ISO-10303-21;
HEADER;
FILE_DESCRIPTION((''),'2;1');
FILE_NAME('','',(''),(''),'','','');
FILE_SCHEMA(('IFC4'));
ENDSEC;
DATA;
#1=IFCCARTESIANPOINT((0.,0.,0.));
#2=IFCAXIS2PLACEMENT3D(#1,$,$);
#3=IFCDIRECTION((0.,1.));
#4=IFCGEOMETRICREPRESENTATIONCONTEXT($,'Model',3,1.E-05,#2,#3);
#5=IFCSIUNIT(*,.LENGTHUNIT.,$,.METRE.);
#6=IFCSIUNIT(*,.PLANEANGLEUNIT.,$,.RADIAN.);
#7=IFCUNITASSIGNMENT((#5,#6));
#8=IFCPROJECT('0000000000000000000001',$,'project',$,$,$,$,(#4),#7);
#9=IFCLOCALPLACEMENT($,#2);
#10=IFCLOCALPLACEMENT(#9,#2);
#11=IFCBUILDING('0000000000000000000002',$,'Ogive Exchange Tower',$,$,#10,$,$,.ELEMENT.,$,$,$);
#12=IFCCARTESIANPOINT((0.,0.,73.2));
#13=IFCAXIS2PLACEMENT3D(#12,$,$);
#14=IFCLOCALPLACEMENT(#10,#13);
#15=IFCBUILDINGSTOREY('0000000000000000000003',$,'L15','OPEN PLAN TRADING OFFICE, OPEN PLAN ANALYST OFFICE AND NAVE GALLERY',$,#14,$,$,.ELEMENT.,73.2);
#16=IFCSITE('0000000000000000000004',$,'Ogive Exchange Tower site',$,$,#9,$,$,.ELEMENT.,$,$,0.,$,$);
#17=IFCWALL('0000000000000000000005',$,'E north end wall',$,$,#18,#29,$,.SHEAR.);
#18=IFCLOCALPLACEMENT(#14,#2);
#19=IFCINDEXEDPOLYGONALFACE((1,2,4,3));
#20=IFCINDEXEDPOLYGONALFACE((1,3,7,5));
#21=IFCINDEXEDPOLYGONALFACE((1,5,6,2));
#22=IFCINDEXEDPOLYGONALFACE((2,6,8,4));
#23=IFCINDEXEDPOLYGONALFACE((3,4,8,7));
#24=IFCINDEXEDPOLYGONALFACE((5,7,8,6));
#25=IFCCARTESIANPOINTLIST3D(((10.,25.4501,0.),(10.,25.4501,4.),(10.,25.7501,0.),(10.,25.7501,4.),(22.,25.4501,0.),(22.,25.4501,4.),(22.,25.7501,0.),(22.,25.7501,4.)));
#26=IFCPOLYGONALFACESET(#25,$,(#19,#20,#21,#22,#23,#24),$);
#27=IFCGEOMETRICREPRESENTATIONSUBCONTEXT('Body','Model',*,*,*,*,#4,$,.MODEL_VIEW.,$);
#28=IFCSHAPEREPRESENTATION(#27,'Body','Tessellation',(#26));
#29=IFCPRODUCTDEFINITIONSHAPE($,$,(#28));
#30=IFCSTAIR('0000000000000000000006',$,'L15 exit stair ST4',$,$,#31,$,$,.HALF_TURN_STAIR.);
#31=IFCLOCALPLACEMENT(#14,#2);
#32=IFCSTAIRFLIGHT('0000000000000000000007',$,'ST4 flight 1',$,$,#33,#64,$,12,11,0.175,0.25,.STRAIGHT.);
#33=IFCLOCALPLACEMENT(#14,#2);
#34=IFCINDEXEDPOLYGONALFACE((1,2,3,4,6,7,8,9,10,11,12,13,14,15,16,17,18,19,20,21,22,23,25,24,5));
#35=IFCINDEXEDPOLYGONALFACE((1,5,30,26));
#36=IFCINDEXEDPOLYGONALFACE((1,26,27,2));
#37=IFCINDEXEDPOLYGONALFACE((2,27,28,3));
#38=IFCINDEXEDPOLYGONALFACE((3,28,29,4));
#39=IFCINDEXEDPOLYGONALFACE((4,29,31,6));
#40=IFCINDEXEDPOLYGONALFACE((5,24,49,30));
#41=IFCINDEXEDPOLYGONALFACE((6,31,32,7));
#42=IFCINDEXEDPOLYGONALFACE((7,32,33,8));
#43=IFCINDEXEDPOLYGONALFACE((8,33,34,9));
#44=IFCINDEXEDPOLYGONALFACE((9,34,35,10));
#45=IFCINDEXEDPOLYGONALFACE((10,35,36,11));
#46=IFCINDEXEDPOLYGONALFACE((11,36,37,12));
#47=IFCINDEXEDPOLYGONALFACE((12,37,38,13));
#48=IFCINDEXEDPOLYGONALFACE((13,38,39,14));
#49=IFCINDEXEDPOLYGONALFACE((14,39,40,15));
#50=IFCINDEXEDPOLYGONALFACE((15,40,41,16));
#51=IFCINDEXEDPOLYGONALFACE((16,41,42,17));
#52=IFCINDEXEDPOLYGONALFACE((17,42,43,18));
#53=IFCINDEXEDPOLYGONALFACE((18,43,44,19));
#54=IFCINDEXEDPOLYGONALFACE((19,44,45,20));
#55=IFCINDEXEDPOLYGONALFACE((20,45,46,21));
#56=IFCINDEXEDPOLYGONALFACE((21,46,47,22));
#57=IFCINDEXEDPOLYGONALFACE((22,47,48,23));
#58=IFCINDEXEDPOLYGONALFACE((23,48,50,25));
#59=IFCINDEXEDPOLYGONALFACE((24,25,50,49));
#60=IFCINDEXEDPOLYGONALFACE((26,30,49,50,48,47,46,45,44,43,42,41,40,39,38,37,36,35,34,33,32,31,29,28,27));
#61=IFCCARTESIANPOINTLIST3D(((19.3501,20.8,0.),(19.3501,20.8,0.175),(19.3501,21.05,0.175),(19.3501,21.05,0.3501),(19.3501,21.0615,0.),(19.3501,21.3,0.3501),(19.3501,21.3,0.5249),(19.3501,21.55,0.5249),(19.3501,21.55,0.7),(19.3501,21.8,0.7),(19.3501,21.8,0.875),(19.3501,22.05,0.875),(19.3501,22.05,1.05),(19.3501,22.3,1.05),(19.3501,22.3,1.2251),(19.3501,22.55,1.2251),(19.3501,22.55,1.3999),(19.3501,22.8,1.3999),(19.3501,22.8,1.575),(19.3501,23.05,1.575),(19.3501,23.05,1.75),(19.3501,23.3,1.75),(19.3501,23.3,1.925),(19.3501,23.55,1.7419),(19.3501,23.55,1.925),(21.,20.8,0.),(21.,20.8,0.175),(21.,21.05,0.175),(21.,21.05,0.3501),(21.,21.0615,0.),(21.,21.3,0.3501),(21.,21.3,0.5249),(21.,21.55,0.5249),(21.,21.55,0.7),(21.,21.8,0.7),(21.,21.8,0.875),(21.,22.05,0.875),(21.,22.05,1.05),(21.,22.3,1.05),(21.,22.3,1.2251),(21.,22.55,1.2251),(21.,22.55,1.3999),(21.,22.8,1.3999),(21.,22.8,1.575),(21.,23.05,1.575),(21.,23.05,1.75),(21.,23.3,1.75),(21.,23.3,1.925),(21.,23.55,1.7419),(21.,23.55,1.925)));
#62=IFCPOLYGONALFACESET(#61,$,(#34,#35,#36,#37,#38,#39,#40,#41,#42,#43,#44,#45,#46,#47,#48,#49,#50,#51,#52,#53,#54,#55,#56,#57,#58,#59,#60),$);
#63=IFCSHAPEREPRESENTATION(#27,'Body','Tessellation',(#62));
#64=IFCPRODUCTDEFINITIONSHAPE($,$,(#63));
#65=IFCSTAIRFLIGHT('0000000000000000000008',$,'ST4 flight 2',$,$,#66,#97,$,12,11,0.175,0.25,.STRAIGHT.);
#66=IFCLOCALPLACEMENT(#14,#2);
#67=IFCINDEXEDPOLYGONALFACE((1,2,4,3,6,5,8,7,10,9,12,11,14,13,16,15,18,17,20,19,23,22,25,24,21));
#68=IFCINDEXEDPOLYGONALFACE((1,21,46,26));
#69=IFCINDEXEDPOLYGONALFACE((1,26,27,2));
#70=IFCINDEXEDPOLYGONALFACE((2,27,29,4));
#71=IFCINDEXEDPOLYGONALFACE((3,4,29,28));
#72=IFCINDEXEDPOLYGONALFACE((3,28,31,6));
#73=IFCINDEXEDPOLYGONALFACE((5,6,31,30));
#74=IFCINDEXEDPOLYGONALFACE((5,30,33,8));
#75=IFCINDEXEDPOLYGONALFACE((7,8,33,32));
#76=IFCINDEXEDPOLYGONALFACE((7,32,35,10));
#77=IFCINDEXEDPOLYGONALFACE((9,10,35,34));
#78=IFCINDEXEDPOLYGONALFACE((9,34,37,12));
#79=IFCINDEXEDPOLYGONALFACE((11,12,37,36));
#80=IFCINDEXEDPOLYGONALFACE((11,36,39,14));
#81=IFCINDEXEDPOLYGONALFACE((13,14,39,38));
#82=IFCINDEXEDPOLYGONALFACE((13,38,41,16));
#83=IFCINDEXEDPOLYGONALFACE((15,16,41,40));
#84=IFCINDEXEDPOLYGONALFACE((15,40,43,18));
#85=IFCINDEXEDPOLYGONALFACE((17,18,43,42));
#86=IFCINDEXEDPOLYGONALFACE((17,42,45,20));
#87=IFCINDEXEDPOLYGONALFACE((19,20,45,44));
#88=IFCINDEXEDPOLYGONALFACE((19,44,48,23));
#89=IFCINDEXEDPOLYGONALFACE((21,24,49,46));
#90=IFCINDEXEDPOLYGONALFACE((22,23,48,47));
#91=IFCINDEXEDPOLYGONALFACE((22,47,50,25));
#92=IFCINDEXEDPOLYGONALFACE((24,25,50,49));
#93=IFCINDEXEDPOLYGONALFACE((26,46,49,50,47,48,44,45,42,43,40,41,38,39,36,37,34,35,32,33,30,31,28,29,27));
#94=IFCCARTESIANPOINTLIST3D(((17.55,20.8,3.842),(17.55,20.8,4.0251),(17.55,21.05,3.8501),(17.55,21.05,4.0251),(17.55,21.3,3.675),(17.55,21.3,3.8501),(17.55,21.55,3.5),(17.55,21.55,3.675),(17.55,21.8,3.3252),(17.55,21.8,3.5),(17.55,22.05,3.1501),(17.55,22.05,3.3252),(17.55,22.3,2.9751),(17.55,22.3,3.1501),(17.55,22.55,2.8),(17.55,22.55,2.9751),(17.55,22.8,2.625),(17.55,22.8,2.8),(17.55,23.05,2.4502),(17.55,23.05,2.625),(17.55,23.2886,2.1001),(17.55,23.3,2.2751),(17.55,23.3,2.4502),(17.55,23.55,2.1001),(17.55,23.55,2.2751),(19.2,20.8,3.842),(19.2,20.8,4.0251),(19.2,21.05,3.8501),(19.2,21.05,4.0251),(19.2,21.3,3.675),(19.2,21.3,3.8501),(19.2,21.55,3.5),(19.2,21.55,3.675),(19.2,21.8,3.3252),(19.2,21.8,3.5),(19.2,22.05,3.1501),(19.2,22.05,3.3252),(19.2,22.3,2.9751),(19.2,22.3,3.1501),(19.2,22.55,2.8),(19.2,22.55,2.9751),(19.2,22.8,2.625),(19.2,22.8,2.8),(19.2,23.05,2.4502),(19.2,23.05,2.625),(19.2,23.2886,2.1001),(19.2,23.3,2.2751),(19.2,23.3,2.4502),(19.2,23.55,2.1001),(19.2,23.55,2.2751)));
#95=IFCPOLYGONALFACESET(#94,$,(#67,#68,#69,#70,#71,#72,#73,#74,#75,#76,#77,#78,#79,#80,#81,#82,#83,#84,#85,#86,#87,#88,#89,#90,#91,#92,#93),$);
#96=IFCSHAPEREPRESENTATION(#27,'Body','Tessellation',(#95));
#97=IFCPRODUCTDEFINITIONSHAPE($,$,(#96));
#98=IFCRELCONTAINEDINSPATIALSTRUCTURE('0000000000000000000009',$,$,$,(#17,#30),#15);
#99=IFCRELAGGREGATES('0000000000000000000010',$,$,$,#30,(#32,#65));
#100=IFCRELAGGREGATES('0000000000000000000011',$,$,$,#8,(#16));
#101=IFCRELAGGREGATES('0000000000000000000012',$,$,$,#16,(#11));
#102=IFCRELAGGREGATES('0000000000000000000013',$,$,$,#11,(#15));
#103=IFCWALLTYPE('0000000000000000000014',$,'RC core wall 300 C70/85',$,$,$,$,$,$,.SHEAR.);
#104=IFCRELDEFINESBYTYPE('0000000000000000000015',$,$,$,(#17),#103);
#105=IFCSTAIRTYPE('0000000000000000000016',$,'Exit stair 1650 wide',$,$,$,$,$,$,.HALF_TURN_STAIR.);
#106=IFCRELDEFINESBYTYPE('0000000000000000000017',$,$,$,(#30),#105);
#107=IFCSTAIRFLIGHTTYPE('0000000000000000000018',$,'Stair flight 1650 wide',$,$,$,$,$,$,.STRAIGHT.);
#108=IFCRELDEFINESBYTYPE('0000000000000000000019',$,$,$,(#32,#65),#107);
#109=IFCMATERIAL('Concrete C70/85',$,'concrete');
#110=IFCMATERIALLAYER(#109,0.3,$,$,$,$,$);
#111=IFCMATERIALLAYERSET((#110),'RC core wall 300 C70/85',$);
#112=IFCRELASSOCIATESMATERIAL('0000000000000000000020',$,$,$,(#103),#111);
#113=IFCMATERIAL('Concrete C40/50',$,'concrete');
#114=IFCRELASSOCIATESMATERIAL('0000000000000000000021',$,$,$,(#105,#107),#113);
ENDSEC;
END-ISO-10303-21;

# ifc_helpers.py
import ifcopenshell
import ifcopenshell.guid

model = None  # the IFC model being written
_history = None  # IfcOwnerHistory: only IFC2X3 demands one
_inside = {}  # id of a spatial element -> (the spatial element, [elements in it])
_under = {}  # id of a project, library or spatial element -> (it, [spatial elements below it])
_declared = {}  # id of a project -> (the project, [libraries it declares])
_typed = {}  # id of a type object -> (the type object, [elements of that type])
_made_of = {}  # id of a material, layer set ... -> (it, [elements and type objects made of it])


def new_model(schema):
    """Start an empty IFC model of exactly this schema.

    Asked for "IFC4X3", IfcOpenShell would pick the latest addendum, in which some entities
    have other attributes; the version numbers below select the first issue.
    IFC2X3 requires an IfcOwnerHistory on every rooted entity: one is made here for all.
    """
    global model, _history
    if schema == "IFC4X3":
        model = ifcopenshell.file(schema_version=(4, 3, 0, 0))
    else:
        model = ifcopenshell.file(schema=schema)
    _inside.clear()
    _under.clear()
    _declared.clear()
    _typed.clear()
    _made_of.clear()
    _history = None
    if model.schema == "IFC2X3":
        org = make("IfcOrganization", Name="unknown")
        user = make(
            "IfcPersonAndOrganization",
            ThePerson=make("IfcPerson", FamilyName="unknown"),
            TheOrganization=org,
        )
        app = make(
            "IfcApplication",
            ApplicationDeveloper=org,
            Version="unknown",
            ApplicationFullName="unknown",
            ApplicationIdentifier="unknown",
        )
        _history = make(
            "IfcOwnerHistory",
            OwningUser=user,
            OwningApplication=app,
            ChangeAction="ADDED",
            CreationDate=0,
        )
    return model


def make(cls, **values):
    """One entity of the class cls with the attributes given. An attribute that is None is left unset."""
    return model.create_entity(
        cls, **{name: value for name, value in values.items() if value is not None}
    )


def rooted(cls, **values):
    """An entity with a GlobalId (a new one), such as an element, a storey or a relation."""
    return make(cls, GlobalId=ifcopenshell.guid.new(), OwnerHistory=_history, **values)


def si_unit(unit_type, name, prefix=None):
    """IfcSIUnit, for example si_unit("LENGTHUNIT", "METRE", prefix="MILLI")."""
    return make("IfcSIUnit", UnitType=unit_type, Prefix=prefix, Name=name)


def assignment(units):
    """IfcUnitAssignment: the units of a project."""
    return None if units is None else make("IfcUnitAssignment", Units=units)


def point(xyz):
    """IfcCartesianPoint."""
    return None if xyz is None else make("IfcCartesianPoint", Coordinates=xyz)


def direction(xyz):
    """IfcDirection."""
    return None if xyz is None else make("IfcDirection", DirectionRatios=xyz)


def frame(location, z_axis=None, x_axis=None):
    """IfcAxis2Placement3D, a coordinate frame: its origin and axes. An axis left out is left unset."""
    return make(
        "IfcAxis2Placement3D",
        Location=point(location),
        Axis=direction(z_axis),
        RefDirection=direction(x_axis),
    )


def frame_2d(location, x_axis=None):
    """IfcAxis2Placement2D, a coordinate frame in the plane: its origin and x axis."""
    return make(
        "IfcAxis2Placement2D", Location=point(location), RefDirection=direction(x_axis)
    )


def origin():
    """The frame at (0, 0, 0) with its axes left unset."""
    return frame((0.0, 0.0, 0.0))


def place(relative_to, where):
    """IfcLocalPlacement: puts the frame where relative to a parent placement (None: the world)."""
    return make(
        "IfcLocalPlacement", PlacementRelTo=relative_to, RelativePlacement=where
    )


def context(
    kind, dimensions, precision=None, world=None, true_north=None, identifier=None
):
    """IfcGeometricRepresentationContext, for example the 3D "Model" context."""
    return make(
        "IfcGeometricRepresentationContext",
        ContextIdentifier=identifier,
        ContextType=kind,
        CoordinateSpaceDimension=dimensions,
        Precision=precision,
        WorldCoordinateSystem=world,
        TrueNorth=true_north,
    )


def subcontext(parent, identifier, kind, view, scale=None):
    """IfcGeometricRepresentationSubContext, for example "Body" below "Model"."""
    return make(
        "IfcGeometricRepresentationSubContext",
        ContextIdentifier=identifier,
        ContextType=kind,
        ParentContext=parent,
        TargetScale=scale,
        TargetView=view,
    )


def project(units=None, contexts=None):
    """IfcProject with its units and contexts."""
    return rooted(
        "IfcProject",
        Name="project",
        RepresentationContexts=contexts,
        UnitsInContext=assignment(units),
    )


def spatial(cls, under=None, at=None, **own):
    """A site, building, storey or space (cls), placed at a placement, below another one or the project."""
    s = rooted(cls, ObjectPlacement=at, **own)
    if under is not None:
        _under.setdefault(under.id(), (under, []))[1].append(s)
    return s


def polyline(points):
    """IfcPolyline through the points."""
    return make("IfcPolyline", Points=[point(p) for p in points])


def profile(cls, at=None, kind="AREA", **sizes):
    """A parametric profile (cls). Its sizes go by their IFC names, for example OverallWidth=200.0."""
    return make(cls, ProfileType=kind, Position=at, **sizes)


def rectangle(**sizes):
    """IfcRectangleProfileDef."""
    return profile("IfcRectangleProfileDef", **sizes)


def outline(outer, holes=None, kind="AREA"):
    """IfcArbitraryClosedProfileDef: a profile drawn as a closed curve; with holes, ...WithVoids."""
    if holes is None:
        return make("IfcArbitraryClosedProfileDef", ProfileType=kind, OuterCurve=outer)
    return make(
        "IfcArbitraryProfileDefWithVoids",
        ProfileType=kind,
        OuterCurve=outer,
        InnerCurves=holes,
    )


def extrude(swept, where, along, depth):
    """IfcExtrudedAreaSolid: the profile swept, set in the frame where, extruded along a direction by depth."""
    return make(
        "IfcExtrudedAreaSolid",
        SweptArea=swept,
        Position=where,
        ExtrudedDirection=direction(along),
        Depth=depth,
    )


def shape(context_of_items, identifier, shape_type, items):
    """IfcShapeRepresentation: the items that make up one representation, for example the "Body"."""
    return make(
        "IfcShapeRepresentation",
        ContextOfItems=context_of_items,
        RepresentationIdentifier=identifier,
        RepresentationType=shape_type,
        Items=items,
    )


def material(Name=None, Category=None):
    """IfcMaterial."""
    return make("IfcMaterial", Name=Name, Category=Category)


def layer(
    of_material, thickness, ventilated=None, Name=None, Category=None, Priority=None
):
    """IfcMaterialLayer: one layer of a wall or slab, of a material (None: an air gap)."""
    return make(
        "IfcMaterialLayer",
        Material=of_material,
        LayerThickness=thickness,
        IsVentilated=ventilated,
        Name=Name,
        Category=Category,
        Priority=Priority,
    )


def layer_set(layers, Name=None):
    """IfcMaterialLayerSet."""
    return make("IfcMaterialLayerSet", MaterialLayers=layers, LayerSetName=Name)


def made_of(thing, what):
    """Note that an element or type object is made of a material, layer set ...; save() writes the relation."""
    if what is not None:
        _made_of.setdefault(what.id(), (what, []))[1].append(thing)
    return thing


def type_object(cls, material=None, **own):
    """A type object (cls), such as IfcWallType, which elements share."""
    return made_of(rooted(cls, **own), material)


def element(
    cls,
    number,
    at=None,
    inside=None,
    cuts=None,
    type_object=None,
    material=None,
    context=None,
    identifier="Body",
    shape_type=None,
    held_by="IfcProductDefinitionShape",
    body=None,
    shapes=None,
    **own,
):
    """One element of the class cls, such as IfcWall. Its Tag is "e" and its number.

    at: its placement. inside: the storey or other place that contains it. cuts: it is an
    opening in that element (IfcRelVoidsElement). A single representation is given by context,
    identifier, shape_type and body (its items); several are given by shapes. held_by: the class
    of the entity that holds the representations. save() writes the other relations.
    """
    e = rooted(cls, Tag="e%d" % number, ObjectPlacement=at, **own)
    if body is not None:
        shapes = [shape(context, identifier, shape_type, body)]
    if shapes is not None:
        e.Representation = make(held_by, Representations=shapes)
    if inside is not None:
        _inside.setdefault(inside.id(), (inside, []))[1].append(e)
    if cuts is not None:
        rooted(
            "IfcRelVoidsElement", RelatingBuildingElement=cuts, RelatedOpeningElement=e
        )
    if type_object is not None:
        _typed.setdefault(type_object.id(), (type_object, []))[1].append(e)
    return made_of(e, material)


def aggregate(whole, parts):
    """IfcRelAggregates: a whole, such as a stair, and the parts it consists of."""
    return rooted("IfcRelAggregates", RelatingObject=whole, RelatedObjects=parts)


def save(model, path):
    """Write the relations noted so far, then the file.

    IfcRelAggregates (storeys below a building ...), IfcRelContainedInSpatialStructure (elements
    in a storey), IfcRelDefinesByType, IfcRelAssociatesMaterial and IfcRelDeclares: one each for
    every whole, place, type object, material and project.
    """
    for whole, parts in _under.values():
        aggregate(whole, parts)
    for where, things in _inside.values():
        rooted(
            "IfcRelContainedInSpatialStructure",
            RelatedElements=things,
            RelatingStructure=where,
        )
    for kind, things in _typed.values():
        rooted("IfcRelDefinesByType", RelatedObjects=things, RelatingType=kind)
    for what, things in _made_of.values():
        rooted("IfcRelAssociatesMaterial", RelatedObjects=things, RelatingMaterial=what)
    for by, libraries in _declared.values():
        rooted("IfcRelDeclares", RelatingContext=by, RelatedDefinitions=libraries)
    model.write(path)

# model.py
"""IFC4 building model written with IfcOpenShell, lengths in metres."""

from ifc_helpers import new_model, si_unit, direction, frame, frame_2d, origin, place, context, subcontext, project, spatial, polyline, rectangle, outline, extrude, material, layer, layer_set, type_object, element, aggregate, save


model = new_model("IFC4")

# Units and contexts
model_context = context("Model", 3, precision=1e-05, world=origin(), true_north=direction((0.0, 1.0)))
body_context = subcontext(model_context, "Body", "Model", "MODEL_VIEW")
ifc_project = project(units=[si_unit("LENGTHUNIT", "METRE"), si_unit("PLANEANGLEUNIT", "RADIAN")], contexts=[model_context])

# Site, building, storey
site_placement = place(None, origin())
site = spatial("IfcSite", under=ifc_project, at=site_placement, Name="Ogive Exchange Tower site", CompositionType="ELEMENT", RefElevation=0.0)
building_placement = place(site_placement, origin())
building = spatial("IfcBuilding", under=site, at=building_placement, Name="Ogive Exchange Tower", CompositionType="ELEMENT")
storey_placement = place(building_placement, frame((0.0, 0.0, 73.2)))
storey = spatial("IfcBuildingStorey", under=building, at=storey_placement, Name="L15", Description="OPEN PLAN TRADING OFFICE, OPEN PLAN ANALYST OFFICE AND NAVE GALLERY", CompositionType="ELEMENT", Elevation=73.2)

# Wall
ifc_material_1 = material(Name="Concrete C70/85", Category="concrete")
ifc_layer_1 = layer(ifc_material_1, 0.3)
ifc_layer_set_1 = layer_set([ifc_layer_1], Name="RC core wall 300 C70/85")
wall_type_1 = type_object("IfcWallType", Name="RC core wall 300 C70/85", PredefinedType="SHEAR", material=ifc_layer_set_1)
wall_1_placement = place(storey_placement, frame((10.0, 25.6001, 0.0), z_axis=(0.0, 0.0, 1.0), x_axis=(1.0, 0.0, 0.0)))
element("IfcWall", 1, at=wall_1_placement, inside=storey, type_object=wall_type_1, Name="E north end wall", PredefinedType="SHEAR", context=body_context, shape_type="SweptSolid", body=[
    extrude(rectangle(XDim=12.0, YDim=0.3, at=frame_2d((6.0, 0.0))), origin(), (0.0, 0.0, 1.0), 4.0),
])

# Stair, stair flights
ifc_material_2 = material(Name="Concrete C40/50", Category="concrete")
stair_type = type_object("IfcStairType", Name="Exit stair 1650 wide", PredefinedType="HALF_TURN_STAIR", material=ifc_material_2)
stair_placement = place(storey_placement, origin())
stair = element("IfcStair", 2, at=stair_placement, inside=storey, type_object=stair_type, Name="L15 exit stair ST4", PredefinedType="HALF_TURN_STAIR")
stair_flight_type = type_object("IfcStairFlightType", Name="Stair flight 1650 wide", PredefinedType="STRAIGHT", material=ifc_material_2)
stair_flight_1_placement = place(storey_placement, frame((20.175, 20.8, 0.0), z_axis=(0.0, 0.0, 1.0), x_axis=(0.0, 1.0, 0.0)))
stair_flight_1 = element("IfcStairFlight", 3, at=stair_flight_1_placement, type_object=stair_flight_type, Name="ST4 flight 1", NumberOfRisers=12, NumberOfTreads=11, PredefinedType="STRAIGHT", RiserHeight=0.175, TreadLength=0.25, context=body_context, shape_type="SweptSolid", body=[
    extrude(outline(polyline([(0.0, 0.0), (0.0, 0.175), (0.25, 0.175), (0.25, 0.3501), (0.5, 0.3501), (0.5, 0.5249), (0.75, 0.5249), (0.75, 0.7), (1.0, 0.7), (1.0, 0.875), (1.25, 0.875), (1.25, 1.05), (1.5, 1.05), (1.5, 1.2251), (1.75, 1.2251), (1.75, 1.3999), (2.0, 1.3999), (2.0, 1.575), (2.25, 1.575), (2.25, 1.75), (2.5, 1.75), (2.5, 1.925), (2.75, 1.925), (2.75, 2.1001), (2.75, 1.7419), (0.2615, 0.0), (0.0, 0.0)])), frame((0.0, 0.825, 0.0), z_axis=(0.0, -1.0, 0.0), x_axis=(1.0, 0.0, 0.0)), (0.0, 0.0, 1.0), 1.6499),
])
stair_flight_2_placement = place(storey_placement, frame((18.375, 23.55, 2.1001), z_axis=(0.0, 0.0, 1.0), x_axis=(0.0, -1.0, 0.0)))
stair_flight_2 = element("IfcStairFlight", 4, at=stair_flight_2_placement, type_object=stair_flight_type, Name="ST4 flight 2", NumberOfRisers=12, NumberOfTreads=11, PredefinedType="STRAIGHT", RiserHeight=0.175, TreadLength=0.25, context=body_context, shape_type="SweptSolid", body=[
    extrude(outline(polyline([(0.0, 0.0), (0.0, 0.175), (0.25, 0.175), (0.25, 0.3501), (0.5, 0.3501), (0.5, 0.5249), (0.75, 0.5249), (0.75, 0.7), (1.0, 0.7), (1.0, 0.875), (1.25, 0.875), (1.25, 1.05), (1.5, 1.05), (1.5, 1.2251), (1.75, 1.2251), (1.75, 1.3999), (2.0, 1.3999), (2.0, 1.575), (2.25, 1.575), (2.25, 1.75), (2.5, 1.75), (2.5, 1.925), (2.75, 1.925), (2.75, 2.1001), (2.75, 1.7419), (0.2615, 0.0), (0.0, 0.0)])), frame((0.0, 0.825, 0.0), z_axis=(0.0, -1.0, 0.0), x_axis=(1.0, 0.0, 0.0)), (0.0, 0.0, 1.0), 1.6499),
])
aggregate(stair, [stair_flight_1, stair_flight_2])

save(model, "model.ifc")
